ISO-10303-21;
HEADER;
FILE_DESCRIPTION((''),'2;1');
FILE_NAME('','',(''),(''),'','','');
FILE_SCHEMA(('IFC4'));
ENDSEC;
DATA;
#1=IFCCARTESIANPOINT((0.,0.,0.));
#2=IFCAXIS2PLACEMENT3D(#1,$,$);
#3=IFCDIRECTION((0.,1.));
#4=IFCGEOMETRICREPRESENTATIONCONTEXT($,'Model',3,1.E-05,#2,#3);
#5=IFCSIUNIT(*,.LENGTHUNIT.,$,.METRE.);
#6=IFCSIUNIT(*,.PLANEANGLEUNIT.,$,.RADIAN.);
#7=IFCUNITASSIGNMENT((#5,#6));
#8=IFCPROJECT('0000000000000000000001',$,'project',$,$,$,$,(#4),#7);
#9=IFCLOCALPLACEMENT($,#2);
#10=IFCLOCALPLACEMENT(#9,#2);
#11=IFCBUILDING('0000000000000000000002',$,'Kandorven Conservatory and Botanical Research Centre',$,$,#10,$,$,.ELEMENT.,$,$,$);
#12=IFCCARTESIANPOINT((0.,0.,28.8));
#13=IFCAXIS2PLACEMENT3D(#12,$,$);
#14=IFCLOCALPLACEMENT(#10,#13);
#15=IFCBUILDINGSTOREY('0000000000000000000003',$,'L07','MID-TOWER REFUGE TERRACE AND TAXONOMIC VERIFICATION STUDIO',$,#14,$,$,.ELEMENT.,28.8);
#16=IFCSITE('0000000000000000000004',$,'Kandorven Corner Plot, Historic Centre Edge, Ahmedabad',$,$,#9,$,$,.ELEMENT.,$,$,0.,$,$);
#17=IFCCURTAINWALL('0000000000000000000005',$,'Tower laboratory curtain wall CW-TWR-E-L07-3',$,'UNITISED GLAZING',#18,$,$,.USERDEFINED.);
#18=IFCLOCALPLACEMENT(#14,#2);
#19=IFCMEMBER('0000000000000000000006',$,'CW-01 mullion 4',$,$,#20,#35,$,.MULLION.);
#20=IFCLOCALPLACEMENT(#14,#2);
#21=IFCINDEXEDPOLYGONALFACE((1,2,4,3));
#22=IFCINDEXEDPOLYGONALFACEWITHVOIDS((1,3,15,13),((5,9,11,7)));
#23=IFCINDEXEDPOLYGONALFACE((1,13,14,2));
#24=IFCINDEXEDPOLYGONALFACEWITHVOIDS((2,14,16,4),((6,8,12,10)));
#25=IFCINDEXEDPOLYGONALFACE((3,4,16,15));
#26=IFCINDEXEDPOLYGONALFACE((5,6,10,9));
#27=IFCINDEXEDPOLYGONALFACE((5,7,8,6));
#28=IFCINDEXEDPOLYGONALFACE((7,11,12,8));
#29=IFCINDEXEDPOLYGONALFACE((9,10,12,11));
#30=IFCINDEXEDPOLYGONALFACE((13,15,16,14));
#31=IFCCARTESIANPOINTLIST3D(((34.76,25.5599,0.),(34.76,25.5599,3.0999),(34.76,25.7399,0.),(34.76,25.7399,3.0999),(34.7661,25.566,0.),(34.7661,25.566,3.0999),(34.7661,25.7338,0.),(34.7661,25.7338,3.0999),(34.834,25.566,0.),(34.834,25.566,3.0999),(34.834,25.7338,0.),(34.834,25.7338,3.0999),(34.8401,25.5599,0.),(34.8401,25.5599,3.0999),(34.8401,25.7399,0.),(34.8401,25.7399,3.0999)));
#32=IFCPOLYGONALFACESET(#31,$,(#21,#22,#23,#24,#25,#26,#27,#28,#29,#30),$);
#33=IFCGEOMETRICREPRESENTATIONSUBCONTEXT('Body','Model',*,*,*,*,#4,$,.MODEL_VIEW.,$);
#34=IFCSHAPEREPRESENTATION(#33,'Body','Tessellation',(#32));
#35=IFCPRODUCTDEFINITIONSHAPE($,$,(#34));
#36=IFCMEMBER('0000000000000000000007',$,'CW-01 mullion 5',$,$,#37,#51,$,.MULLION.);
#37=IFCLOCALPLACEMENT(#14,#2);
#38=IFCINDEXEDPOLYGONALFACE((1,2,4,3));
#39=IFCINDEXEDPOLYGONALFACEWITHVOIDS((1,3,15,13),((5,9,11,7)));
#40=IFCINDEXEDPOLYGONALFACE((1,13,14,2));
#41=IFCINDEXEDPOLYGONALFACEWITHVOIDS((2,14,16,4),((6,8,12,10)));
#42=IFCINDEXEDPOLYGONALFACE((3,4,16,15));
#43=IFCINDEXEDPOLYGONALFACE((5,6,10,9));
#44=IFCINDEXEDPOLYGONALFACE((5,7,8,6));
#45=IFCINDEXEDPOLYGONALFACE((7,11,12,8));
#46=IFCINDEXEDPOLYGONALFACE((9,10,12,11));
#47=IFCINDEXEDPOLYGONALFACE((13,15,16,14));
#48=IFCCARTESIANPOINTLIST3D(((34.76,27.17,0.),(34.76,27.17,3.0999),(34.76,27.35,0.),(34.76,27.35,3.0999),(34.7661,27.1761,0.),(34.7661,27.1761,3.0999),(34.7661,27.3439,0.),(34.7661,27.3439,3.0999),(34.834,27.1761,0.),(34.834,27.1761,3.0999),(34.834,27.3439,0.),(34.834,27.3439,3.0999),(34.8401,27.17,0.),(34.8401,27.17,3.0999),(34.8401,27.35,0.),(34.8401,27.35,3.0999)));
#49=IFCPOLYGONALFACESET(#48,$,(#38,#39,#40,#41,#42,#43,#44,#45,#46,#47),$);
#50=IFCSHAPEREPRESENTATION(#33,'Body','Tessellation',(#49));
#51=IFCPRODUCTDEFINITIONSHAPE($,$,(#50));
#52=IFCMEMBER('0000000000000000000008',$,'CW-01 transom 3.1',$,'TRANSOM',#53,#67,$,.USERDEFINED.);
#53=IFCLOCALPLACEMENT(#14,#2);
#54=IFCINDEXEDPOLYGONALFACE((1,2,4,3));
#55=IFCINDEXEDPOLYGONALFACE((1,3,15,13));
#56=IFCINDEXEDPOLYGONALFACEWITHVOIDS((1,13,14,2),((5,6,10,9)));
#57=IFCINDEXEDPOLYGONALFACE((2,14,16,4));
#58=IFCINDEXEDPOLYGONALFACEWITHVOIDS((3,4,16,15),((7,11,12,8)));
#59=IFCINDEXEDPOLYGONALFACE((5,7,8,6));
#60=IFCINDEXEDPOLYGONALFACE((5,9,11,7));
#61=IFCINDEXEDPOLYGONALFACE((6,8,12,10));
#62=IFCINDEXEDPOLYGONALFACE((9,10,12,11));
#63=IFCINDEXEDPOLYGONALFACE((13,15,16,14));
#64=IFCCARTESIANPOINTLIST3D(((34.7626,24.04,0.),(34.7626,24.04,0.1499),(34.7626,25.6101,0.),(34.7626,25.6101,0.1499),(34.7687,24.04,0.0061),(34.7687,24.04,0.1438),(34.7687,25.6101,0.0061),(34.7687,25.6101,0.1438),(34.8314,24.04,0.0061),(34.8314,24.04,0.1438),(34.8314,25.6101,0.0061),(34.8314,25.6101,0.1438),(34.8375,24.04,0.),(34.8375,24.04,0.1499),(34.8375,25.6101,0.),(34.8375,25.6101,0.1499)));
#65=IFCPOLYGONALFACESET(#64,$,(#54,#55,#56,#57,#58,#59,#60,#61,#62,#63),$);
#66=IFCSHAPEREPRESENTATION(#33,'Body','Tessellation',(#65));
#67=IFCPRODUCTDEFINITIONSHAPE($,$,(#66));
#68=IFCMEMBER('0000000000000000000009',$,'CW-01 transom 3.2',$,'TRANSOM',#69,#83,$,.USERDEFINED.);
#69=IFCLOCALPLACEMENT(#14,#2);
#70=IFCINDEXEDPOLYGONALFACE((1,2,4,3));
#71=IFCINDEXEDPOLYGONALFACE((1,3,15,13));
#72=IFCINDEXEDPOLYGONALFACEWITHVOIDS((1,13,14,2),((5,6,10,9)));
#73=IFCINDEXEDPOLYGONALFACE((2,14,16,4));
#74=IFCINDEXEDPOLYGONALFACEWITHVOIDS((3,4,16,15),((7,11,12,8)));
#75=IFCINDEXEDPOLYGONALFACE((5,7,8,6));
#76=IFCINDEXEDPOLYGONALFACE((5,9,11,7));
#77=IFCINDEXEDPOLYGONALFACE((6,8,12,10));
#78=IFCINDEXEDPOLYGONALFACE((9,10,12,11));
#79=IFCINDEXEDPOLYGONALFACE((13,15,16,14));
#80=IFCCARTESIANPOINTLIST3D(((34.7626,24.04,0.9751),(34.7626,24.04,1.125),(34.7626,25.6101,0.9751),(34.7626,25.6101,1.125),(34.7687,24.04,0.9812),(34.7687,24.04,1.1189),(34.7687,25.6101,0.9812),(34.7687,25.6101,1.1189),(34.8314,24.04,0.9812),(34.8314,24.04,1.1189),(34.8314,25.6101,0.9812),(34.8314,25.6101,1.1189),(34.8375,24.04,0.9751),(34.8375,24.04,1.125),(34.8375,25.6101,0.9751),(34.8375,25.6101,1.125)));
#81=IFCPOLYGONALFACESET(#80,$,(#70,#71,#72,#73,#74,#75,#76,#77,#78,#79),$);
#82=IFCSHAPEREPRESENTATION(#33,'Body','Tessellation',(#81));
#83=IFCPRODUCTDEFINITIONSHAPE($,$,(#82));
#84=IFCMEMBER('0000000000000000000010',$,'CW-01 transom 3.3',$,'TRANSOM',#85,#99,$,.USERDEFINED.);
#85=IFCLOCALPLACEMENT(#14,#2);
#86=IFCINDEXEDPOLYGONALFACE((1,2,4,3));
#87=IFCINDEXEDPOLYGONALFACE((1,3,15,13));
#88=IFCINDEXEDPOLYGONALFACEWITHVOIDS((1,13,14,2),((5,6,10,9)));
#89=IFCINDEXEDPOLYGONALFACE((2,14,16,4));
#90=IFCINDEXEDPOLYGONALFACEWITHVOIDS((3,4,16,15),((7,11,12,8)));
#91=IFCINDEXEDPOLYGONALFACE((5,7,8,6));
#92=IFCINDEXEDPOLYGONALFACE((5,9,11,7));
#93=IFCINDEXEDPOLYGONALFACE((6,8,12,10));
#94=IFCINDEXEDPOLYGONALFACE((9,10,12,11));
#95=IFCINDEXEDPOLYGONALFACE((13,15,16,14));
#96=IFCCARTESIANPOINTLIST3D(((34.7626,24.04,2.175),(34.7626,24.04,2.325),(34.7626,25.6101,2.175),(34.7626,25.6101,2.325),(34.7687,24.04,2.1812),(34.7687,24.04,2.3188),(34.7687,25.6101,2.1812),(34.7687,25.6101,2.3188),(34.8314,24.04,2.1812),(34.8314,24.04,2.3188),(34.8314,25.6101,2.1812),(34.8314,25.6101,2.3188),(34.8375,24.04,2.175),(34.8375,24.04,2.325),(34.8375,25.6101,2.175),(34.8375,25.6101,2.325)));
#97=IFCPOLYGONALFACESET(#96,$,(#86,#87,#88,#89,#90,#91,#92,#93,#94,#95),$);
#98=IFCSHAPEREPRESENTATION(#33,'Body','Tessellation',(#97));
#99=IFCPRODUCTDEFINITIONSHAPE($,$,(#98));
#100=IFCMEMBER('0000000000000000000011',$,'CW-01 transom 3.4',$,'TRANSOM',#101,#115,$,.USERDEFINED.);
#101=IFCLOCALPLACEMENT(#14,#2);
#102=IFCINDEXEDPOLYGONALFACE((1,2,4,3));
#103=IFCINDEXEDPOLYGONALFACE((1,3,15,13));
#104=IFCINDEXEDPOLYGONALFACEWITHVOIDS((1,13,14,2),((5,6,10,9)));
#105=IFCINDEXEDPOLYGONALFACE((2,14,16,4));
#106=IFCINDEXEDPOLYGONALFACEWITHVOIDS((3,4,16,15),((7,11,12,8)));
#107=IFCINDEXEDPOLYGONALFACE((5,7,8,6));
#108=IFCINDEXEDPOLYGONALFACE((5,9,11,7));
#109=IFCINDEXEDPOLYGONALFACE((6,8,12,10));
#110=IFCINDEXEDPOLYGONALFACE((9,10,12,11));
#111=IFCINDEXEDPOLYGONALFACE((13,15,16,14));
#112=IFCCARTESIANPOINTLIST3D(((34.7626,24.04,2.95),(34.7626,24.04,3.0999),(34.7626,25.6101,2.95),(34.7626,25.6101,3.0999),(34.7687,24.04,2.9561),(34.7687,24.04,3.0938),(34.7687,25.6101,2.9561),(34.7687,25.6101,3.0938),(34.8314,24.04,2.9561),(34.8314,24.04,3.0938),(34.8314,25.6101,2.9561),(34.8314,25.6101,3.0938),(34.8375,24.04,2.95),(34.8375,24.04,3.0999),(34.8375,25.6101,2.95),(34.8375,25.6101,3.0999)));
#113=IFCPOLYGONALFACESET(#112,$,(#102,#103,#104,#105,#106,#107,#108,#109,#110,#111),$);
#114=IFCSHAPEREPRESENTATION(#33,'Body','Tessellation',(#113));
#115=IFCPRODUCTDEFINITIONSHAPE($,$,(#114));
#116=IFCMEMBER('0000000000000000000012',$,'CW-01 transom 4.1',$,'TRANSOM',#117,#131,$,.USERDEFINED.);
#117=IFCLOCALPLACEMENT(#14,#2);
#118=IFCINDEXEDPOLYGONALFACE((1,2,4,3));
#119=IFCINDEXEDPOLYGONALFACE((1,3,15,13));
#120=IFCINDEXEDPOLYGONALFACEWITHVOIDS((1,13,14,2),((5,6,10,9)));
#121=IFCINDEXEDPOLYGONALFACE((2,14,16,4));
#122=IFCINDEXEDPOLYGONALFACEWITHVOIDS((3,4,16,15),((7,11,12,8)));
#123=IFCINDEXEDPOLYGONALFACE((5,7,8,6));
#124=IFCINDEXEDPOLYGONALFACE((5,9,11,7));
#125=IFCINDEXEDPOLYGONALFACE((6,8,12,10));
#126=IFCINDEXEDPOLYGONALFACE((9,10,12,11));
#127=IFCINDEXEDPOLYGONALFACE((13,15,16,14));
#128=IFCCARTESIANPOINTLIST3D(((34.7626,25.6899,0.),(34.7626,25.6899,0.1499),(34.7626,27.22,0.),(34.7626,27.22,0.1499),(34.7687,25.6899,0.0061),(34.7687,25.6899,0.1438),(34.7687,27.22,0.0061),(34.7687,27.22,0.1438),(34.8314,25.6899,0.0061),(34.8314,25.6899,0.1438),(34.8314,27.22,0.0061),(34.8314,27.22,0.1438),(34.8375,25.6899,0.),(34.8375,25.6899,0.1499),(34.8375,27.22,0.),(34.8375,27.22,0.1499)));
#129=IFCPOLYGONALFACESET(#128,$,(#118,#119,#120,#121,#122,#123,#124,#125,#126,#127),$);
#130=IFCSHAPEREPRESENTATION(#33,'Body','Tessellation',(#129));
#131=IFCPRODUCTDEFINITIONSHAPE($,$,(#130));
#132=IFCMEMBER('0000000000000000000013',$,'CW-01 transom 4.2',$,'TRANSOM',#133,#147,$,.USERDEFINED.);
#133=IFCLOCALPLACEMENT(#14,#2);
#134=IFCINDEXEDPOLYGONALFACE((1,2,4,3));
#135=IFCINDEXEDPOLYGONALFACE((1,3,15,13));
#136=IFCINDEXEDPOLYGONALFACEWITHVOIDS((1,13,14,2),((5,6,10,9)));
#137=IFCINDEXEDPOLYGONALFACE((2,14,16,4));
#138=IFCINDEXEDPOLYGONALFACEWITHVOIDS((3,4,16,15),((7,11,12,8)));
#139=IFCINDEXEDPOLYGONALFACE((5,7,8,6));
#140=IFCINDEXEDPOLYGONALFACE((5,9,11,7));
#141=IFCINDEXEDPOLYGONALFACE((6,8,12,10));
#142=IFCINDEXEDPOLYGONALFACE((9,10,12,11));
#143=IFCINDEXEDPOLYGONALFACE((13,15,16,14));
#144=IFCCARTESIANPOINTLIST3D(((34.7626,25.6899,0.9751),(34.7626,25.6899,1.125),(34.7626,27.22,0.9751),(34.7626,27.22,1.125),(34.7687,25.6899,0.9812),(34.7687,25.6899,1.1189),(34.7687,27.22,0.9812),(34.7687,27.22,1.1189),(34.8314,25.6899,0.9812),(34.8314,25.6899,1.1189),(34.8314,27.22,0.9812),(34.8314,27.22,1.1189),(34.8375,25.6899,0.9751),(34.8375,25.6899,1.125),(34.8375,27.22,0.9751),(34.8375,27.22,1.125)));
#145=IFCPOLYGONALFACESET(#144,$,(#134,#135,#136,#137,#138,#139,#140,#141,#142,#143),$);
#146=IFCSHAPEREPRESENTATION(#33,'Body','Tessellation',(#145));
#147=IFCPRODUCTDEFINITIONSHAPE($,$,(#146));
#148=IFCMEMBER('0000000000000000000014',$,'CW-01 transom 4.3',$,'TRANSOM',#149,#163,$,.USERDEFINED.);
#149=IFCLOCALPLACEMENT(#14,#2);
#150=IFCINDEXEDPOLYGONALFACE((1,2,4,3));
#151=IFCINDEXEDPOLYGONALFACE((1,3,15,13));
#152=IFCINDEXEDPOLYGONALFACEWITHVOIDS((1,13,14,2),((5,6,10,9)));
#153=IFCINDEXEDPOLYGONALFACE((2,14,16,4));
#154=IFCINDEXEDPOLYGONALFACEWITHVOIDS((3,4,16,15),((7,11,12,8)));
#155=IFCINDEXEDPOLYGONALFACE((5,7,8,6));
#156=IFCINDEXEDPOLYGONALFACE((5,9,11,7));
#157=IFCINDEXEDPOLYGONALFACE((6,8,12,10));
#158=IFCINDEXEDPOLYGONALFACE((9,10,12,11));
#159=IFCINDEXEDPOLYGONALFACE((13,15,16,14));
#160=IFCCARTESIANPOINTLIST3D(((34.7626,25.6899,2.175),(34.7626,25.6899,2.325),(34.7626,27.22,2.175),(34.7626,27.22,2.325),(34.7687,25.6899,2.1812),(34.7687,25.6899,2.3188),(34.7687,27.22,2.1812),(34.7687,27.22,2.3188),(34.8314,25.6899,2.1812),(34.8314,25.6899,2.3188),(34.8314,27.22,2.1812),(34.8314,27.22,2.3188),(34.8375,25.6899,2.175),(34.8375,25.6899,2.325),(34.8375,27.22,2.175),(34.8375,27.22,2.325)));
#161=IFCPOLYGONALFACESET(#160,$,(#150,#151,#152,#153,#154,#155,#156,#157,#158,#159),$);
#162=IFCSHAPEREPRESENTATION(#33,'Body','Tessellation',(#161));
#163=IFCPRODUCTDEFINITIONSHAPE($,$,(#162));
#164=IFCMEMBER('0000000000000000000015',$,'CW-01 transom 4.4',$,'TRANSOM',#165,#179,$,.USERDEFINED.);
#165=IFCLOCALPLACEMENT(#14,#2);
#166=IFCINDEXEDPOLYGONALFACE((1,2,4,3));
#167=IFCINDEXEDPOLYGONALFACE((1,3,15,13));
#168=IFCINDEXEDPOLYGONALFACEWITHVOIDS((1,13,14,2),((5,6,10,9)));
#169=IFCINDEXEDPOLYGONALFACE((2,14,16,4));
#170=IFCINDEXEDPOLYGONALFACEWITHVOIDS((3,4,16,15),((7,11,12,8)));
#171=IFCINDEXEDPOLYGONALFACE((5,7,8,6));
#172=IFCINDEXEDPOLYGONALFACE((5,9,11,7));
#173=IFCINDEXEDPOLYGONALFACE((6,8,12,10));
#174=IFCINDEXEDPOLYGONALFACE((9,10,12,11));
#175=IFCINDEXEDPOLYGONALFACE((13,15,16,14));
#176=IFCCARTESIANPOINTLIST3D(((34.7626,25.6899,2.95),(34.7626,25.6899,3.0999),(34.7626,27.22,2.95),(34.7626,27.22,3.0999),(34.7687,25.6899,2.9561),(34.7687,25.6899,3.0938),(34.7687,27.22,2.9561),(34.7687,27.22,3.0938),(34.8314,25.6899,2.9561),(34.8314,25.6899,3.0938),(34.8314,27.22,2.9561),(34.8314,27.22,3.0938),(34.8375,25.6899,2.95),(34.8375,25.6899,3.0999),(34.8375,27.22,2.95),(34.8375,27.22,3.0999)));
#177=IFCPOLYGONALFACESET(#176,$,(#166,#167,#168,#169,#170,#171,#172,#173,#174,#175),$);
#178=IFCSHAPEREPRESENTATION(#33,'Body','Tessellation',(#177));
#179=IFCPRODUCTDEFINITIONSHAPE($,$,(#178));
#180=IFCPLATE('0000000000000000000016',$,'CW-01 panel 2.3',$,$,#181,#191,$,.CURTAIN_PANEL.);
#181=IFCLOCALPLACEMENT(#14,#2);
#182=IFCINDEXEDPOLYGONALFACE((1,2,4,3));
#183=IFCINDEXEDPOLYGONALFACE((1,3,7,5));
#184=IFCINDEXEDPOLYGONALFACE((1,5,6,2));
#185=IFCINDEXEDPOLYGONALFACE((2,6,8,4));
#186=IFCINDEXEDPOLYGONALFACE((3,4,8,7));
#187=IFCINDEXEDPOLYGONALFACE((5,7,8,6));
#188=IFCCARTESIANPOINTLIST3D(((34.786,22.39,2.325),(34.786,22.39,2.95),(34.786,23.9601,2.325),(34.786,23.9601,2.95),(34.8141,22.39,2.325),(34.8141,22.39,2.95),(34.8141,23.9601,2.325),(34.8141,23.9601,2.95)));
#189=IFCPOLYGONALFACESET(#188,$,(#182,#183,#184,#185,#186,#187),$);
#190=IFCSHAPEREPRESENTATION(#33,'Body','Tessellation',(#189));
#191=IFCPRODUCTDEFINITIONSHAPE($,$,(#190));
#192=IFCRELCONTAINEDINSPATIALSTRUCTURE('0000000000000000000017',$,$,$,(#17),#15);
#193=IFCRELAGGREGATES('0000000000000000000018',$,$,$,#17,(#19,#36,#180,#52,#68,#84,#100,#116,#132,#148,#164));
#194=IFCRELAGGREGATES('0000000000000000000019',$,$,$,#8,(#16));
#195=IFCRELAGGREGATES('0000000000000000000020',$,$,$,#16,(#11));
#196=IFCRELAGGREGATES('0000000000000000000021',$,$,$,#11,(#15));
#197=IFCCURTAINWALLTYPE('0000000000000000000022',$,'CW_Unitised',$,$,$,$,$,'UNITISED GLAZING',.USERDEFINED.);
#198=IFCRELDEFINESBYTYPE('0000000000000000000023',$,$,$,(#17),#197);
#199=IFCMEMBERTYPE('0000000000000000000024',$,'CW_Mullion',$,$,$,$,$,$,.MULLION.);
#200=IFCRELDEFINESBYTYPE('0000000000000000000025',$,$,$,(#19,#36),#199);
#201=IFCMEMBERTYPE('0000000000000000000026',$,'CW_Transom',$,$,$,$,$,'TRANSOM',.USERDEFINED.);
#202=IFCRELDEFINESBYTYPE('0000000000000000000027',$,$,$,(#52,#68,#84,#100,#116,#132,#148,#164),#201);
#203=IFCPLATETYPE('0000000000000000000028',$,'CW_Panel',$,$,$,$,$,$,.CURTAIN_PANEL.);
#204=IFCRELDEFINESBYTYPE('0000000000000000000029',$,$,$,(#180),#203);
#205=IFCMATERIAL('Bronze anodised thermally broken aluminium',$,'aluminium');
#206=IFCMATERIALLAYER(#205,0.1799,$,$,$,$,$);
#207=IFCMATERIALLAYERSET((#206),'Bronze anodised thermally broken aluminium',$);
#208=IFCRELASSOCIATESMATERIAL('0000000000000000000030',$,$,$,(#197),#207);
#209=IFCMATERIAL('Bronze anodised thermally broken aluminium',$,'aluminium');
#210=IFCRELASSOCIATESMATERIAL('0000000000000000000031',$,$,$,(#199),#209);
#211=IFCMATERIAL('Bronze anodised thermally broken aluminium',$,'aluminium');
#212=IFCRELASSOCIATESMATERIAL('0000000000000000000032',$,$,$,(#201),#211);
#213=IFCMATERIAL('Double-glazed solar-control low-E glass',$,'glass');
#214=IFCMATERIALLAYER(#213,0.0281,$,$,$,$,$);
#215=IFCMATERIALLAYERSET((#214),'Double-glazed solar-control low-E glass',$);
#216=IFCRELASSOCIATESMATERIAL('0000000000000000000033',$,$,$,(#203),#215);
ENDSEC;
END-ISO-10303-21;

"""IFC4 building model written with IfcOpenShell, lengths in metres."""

from ifc_helpers import new_model, si_unit, direction, frame, origin, origin_2d, place, context, subcontext, project, spatial, rectangle, hollow_rectangle, extrude, material, layer, layer_set, material_profile, profile_set, type_object, element, aggregate, save


model = new_model("IFC4")

# Units and contexts
model_context = context("Model", 3, precision=1e-05, world=origin(), true_north=direction((0.0, 1.0)))
body_context = subcontext(model_context, "Body", "Model", "MODEL_VIEW")
ifc_project = project(units=[si_unit("LENGTHUNIT", "METRE"), si_unit("PLANEANGLEUNIT", "RADIAN")], contexts=[model_context])

# Site, building, storey
site_placement = place(None, origin())
site = spatial("IfcSite", under=ifc_project, at=site_placement, Name="Kandorven Corner Plot, Historic Centre Edge, Ahmedabad", CompositionType="ELEMENT", RefElevation=0.0)
building_placement = place(site_placement, origin())
building = spatial("IfcBuilding", under=site, at=building_placement, Name="Kandorven Conservatory and Botanical Research Centre", CompositionType="ELEMENT")
storey_placement = place(building_placement, frame((0.0, 0.0, 28.8)))
storey = spatial("IfcBuildingStorey", under=building, at=storey_placement, Name="L07", Description="MID-TOWER REFUGE TERRACE AND TAXONOMIC VERIFICATION STUDIO", CompositionType="ELEMENT", Elevation=28.8)

# Curtain wall, members, plate
ifc_material_1 = material(Name="Bronze anodised thermally broken aluminium", Category="aluminium")
ifc_layer_1 = layer(ifc_material_1, 0.1799)
ifc_layer_set_1 = layer_set([ifc_layer_1], Name="Bronze anodised thermally broken aluminium")
curtain_wall_type = type_object("IfcCurtainWallType", Name="CW_Unitised", ElementType="UNITISED GLAZING", PredefinedType="USERDEFINED", material=ifc_layer_set_1)
curtain_wall_placement = place(storey_placement, origin())
curtain_wall = element("IfcCurtainWall", 1, at=curtain_wall_placement, inside=storey, type_object=curtain_wall_type, Name="Tower laboratory curtain wall CW-TWR-E-L07-3", ObjectType="UNITISED GLAZING", PredefinedType="USERDEFINED")
ifc_material_2 = material(Name="Bronze anodised thermally broken aluminium", Category="aluminium")
ifc_material_profile_1 = material_profile(ifc_material_2, hollow_rectangle(XDim=0.0801, YDim=0.1799, WallThickness=0.0061, at=origin_2d()))
ifc_profile_set_1 = profile_set([ifc_material_profile_1], Name="Bronze anodised thermally broken aluminium")
member_type_1 = type_object("IfcMemberType", Name="CW_Mullion", PredefinedType="MULLION", material=ifc_profile_set_1)
member_1_placement = place(storey_placement, frame((34.8, 25.6499, 0.0), z_axis=(0.0, 0.0, 1.0), x_axis=(-1.0, 0.0, 0.0)))
member_1 = element("IfcMember", 2, at=member_1_placement, type_object=member_type_1, Name="CW-01 mullion 4", PredefinedType="MULLION", context=body_context, shape_type="SweptSolid", body=[
    extrude(hollow_rectangle(XDim=0.0801, YDim=0.1799, WallThickness=0.0061, at=origin_2d()), origin(), (0.0, 0.0, 1.0), 3.0999),
])
member_2_placement = place(storey_placement, frame((34.8, 27.26, 0.0), z_axis=(0.0, 0.0, 1.0), x_axis=(-1.0, 0.0, 0.0)))
member_2 = element("IfcMember", 3, at=member_2_placement, type_object=member_type_1, Name="CW-01 mullion 5", PredefinedType="MULLION", context=body_context, shape_type="SweptSolid", body=[
    extrude(hollow_rectangle(XDim=0.0801, YDim=0.1799, WallThickness=0.0061, at=origin_2d()), origin(), (0.0, 0.0, 1.0), 3.0999),
])
ifc_material_3 = material(Name="Bronze anodised thermally broken aluminium", Category="aluminium")
ifc_material_profile_2 = material_profile(ifc_material_3, hollow_rectangle(XDim=0.075, YDim=0.1499, WallThickness=0.0061, at=origin_2d()))
ifc_profile_set_2 = profile_set([ifc_material_profile_2], Name="Bronze anodised thermally broken aluminium")
member_type_2 = type_object("IfcMemberType", Name="CW_Transom", ElementType="TRANSOM", PredefinedType="USERDEFINED", material=ifc_profile_set_2)
member_3_placement = place(storey_placement, frame((34.8, 24.04, 0.075), z_axis=(0.0, 1.0, 0.0), x_axis=(-1.0, 0.0, 0.0)))
member_3 = element("IfcMember", 4, at=member_3_placement, type_object=member_type_2, Name="CW-01 transom 3.1", ObjectType="TRANSOM", PredefinedType="USERDEFINED", context=body_context, shape_type="SweptSolid", body=[
    extrude(hollow_rectangle(XDim=0.075, YDim=0.1499, WallThickness=0.0061, at=origin_2d()), origin(), (0.0, 0.0, 1.0), 1.5701),
])
member_4_placement = place(storey_placement, frame((34.8, 24.04, 1.05), z_axis=(0.0, 1.0, 0.0), x_axis=(-1.0, 0.0, 0.0)))
member_4 = element("IfcMember", 5, at=member_4_placement, type_object=member_type_2, Name="CW-01 transom 3.2", ObjectType="TRANSOM", PredefinedType="USERDEFINED", context=body_context, shape_type="SweptSolid", body=[
    extrude(hollow_rectangle(XDim=0.075, YDim=0.1499, WallThickness=0.0061, at=origin_2d()), origin(), (0.0, 0.0, 1.0), 1.5701),
])
member_5_placement = place(storey_placement, frame((34.8, 24.04, 2.25), z_axis=(0.0, 1.0, 0.0), x_axis=(-1.0, 0.0, 0.0)))
member_5 = element("IfcMember", 6, at=member_5_placement, type_object=member_type_2, Name="CW-01 transom 3.3", ObjectType="TRANSOM", PredefinedType="USERDEFINED", context=body_context, shape_type="SweptSolid", body=[
    extrude(hollow_rectangle(XDim=0.075, YDim=0.1499, WallThickness=0.0061, at=origin_2d()), origin(), (0.0, 0.0, 1.0), 1.5701),
])
member_6_placement = place(storey_placement, frame((34.8, 24.04, 3.0249), z_axis=(0.0, 1.0, 0.0), x_axis=(-1.0, 0.0, 0.0)))
member_6 = element("IfcMember", 7, at=member_6_placement, type_object=member_type_2, Name="CW-01 transom 3.4", ObjectType="TRANSOM", PredefinedType="USERDEFINED", context=body_context, shape_type="SweptSolid", body=[
    extrude(hollow_rectangle(XDim=0.075, YDim=0.1499, WallThickness=0.0061, at=origin_2d()), origin(), (0.0, 0.0, 1.0), 1.5701),
])
member_7_placement = place(storey_placement, frame((34.8, 25.6899, 0.075), z_axis=(0.0, 1.0, 0.0), x_axis=(-1.0, 0.0, 0.0)))
member_7 = element("IfcMember", 8, at=member_7_placement, type_object=member_type_2, Name="CW-01 transom 4.1", ObjectType="TRANSOM", PredefinedType="USERDEFINED", context=body_context, shape_type="SweptSolid", body=[
    extrude(hollow_rectangle(XDim=0.075, YDim=0.1499, WallThickness=0.0061, at=origin_2d()), origin(), (0.0, 0.0, 1.0), 1.53),
])
member_8_placement = place(storey_placement, frame((34.8, 25.6899, 1.05), z_axis=(0.0, 1.0, 0.0), x_axis=(-1.0, 0.0, 0.0)))
member_8 = element("IfcMember", 9, at=member_8_placement, type_object=member_type_2, Name="CW-01 transom 4.2", ObjectType="TRANSOM", PredefinedType="USERDEFINED", context=body_context, shape_type="SweptSolid", body=[
    extrude(hollow_rectangle(XDim=0.075, YDim=0.1499, WallThickness=0.0061, at=origin_2d()), origin(), (0.0, 0.0, 1.0), 1.53),
])
member_9_placement = place(storey_placement, frame((34.8, 25.6899, 2.25), z_axis=(0.0, 1.0, 0.0), x_axis=(-1.0, 0.0, 0.0)))
member_9 = element("IfcMember", 10, at=member_9_placement, type_object=member_type_2, Name="CW-01 transom 4.3", ObjectType="TRANSOM", PredefinedType="USERDEFINED", context=body_context, shape_type="SweptSolid", body=[
    extrude(hollow_rectangle(XDim=0.075, YDim=0.1499, WallThickness=0.0061, at=origin_2d()), origin(), (0.0, 0.0, 1.0), 1.53),
])
member_10_placement = place(storey_placement, frame((34.8, 25.6899, 3.0249), z_axis=(0.0, 1.0, 0.0), x_axis=(-1.0, 0.0, 0.0)))
member_10 = element("IfcMember", 11, at=member_10_placement, type_object=member_type_2, Name="CW-01 transom 4.4", ObjectType="TRANSOM", PredefinedType="USERDEFINED", context=body_context, shape_type="SweptSolid", body=[
    extrude(hollow_rectangle(XDim=0.075, YDim=0.1499, WallThickness=0.0061, at=origin_2d()), origin(), (0.0, 0.0, 1.0), 1.53),
])
ifc_material_4 = material(Name="Double-glazed solar-control low-E glass", Category="glass")
ifc_layer_2 = layer(ifc_material_4, 0.0281)
ifc_layer_set_2 = layer_set([ifc_layer_2], Name="Double-glazed solar-control low-E glass")
plate_type_1 = type_object("IfcPlateType", Name="CW_Panel", PredefinedType="CURTAIN_PANEL", material=ifc_layer_set_2)
plate_1_placement = place(storey_placement, frame((34.8, 23.175, 2.325), z_axis=(0.0, 0.0, 1.0), x_axis=(0.0, 1.0, 0.0)))
plate_1 = element("IfcPlate", 12, at=plate_1_placement, type_object=plate_type_1, Name="CW-01 panel 2.3", PredefinedType="CURTAIN_PANEL", context=body_context, shape_type="SweptSolid", body=[
    extrude(rectangle(XDim=1.5701, YDim=0.0281, at=origin_2d()), origin(), (0.0, 0.0, 1.0), 0.625),
])
aggregate(curtain_wall, [member_1, member_2, plate_1, member_3, member_4, member_5, member_6, member_7, member_8, member_9, member_10])

save(model, "model.ifc")
